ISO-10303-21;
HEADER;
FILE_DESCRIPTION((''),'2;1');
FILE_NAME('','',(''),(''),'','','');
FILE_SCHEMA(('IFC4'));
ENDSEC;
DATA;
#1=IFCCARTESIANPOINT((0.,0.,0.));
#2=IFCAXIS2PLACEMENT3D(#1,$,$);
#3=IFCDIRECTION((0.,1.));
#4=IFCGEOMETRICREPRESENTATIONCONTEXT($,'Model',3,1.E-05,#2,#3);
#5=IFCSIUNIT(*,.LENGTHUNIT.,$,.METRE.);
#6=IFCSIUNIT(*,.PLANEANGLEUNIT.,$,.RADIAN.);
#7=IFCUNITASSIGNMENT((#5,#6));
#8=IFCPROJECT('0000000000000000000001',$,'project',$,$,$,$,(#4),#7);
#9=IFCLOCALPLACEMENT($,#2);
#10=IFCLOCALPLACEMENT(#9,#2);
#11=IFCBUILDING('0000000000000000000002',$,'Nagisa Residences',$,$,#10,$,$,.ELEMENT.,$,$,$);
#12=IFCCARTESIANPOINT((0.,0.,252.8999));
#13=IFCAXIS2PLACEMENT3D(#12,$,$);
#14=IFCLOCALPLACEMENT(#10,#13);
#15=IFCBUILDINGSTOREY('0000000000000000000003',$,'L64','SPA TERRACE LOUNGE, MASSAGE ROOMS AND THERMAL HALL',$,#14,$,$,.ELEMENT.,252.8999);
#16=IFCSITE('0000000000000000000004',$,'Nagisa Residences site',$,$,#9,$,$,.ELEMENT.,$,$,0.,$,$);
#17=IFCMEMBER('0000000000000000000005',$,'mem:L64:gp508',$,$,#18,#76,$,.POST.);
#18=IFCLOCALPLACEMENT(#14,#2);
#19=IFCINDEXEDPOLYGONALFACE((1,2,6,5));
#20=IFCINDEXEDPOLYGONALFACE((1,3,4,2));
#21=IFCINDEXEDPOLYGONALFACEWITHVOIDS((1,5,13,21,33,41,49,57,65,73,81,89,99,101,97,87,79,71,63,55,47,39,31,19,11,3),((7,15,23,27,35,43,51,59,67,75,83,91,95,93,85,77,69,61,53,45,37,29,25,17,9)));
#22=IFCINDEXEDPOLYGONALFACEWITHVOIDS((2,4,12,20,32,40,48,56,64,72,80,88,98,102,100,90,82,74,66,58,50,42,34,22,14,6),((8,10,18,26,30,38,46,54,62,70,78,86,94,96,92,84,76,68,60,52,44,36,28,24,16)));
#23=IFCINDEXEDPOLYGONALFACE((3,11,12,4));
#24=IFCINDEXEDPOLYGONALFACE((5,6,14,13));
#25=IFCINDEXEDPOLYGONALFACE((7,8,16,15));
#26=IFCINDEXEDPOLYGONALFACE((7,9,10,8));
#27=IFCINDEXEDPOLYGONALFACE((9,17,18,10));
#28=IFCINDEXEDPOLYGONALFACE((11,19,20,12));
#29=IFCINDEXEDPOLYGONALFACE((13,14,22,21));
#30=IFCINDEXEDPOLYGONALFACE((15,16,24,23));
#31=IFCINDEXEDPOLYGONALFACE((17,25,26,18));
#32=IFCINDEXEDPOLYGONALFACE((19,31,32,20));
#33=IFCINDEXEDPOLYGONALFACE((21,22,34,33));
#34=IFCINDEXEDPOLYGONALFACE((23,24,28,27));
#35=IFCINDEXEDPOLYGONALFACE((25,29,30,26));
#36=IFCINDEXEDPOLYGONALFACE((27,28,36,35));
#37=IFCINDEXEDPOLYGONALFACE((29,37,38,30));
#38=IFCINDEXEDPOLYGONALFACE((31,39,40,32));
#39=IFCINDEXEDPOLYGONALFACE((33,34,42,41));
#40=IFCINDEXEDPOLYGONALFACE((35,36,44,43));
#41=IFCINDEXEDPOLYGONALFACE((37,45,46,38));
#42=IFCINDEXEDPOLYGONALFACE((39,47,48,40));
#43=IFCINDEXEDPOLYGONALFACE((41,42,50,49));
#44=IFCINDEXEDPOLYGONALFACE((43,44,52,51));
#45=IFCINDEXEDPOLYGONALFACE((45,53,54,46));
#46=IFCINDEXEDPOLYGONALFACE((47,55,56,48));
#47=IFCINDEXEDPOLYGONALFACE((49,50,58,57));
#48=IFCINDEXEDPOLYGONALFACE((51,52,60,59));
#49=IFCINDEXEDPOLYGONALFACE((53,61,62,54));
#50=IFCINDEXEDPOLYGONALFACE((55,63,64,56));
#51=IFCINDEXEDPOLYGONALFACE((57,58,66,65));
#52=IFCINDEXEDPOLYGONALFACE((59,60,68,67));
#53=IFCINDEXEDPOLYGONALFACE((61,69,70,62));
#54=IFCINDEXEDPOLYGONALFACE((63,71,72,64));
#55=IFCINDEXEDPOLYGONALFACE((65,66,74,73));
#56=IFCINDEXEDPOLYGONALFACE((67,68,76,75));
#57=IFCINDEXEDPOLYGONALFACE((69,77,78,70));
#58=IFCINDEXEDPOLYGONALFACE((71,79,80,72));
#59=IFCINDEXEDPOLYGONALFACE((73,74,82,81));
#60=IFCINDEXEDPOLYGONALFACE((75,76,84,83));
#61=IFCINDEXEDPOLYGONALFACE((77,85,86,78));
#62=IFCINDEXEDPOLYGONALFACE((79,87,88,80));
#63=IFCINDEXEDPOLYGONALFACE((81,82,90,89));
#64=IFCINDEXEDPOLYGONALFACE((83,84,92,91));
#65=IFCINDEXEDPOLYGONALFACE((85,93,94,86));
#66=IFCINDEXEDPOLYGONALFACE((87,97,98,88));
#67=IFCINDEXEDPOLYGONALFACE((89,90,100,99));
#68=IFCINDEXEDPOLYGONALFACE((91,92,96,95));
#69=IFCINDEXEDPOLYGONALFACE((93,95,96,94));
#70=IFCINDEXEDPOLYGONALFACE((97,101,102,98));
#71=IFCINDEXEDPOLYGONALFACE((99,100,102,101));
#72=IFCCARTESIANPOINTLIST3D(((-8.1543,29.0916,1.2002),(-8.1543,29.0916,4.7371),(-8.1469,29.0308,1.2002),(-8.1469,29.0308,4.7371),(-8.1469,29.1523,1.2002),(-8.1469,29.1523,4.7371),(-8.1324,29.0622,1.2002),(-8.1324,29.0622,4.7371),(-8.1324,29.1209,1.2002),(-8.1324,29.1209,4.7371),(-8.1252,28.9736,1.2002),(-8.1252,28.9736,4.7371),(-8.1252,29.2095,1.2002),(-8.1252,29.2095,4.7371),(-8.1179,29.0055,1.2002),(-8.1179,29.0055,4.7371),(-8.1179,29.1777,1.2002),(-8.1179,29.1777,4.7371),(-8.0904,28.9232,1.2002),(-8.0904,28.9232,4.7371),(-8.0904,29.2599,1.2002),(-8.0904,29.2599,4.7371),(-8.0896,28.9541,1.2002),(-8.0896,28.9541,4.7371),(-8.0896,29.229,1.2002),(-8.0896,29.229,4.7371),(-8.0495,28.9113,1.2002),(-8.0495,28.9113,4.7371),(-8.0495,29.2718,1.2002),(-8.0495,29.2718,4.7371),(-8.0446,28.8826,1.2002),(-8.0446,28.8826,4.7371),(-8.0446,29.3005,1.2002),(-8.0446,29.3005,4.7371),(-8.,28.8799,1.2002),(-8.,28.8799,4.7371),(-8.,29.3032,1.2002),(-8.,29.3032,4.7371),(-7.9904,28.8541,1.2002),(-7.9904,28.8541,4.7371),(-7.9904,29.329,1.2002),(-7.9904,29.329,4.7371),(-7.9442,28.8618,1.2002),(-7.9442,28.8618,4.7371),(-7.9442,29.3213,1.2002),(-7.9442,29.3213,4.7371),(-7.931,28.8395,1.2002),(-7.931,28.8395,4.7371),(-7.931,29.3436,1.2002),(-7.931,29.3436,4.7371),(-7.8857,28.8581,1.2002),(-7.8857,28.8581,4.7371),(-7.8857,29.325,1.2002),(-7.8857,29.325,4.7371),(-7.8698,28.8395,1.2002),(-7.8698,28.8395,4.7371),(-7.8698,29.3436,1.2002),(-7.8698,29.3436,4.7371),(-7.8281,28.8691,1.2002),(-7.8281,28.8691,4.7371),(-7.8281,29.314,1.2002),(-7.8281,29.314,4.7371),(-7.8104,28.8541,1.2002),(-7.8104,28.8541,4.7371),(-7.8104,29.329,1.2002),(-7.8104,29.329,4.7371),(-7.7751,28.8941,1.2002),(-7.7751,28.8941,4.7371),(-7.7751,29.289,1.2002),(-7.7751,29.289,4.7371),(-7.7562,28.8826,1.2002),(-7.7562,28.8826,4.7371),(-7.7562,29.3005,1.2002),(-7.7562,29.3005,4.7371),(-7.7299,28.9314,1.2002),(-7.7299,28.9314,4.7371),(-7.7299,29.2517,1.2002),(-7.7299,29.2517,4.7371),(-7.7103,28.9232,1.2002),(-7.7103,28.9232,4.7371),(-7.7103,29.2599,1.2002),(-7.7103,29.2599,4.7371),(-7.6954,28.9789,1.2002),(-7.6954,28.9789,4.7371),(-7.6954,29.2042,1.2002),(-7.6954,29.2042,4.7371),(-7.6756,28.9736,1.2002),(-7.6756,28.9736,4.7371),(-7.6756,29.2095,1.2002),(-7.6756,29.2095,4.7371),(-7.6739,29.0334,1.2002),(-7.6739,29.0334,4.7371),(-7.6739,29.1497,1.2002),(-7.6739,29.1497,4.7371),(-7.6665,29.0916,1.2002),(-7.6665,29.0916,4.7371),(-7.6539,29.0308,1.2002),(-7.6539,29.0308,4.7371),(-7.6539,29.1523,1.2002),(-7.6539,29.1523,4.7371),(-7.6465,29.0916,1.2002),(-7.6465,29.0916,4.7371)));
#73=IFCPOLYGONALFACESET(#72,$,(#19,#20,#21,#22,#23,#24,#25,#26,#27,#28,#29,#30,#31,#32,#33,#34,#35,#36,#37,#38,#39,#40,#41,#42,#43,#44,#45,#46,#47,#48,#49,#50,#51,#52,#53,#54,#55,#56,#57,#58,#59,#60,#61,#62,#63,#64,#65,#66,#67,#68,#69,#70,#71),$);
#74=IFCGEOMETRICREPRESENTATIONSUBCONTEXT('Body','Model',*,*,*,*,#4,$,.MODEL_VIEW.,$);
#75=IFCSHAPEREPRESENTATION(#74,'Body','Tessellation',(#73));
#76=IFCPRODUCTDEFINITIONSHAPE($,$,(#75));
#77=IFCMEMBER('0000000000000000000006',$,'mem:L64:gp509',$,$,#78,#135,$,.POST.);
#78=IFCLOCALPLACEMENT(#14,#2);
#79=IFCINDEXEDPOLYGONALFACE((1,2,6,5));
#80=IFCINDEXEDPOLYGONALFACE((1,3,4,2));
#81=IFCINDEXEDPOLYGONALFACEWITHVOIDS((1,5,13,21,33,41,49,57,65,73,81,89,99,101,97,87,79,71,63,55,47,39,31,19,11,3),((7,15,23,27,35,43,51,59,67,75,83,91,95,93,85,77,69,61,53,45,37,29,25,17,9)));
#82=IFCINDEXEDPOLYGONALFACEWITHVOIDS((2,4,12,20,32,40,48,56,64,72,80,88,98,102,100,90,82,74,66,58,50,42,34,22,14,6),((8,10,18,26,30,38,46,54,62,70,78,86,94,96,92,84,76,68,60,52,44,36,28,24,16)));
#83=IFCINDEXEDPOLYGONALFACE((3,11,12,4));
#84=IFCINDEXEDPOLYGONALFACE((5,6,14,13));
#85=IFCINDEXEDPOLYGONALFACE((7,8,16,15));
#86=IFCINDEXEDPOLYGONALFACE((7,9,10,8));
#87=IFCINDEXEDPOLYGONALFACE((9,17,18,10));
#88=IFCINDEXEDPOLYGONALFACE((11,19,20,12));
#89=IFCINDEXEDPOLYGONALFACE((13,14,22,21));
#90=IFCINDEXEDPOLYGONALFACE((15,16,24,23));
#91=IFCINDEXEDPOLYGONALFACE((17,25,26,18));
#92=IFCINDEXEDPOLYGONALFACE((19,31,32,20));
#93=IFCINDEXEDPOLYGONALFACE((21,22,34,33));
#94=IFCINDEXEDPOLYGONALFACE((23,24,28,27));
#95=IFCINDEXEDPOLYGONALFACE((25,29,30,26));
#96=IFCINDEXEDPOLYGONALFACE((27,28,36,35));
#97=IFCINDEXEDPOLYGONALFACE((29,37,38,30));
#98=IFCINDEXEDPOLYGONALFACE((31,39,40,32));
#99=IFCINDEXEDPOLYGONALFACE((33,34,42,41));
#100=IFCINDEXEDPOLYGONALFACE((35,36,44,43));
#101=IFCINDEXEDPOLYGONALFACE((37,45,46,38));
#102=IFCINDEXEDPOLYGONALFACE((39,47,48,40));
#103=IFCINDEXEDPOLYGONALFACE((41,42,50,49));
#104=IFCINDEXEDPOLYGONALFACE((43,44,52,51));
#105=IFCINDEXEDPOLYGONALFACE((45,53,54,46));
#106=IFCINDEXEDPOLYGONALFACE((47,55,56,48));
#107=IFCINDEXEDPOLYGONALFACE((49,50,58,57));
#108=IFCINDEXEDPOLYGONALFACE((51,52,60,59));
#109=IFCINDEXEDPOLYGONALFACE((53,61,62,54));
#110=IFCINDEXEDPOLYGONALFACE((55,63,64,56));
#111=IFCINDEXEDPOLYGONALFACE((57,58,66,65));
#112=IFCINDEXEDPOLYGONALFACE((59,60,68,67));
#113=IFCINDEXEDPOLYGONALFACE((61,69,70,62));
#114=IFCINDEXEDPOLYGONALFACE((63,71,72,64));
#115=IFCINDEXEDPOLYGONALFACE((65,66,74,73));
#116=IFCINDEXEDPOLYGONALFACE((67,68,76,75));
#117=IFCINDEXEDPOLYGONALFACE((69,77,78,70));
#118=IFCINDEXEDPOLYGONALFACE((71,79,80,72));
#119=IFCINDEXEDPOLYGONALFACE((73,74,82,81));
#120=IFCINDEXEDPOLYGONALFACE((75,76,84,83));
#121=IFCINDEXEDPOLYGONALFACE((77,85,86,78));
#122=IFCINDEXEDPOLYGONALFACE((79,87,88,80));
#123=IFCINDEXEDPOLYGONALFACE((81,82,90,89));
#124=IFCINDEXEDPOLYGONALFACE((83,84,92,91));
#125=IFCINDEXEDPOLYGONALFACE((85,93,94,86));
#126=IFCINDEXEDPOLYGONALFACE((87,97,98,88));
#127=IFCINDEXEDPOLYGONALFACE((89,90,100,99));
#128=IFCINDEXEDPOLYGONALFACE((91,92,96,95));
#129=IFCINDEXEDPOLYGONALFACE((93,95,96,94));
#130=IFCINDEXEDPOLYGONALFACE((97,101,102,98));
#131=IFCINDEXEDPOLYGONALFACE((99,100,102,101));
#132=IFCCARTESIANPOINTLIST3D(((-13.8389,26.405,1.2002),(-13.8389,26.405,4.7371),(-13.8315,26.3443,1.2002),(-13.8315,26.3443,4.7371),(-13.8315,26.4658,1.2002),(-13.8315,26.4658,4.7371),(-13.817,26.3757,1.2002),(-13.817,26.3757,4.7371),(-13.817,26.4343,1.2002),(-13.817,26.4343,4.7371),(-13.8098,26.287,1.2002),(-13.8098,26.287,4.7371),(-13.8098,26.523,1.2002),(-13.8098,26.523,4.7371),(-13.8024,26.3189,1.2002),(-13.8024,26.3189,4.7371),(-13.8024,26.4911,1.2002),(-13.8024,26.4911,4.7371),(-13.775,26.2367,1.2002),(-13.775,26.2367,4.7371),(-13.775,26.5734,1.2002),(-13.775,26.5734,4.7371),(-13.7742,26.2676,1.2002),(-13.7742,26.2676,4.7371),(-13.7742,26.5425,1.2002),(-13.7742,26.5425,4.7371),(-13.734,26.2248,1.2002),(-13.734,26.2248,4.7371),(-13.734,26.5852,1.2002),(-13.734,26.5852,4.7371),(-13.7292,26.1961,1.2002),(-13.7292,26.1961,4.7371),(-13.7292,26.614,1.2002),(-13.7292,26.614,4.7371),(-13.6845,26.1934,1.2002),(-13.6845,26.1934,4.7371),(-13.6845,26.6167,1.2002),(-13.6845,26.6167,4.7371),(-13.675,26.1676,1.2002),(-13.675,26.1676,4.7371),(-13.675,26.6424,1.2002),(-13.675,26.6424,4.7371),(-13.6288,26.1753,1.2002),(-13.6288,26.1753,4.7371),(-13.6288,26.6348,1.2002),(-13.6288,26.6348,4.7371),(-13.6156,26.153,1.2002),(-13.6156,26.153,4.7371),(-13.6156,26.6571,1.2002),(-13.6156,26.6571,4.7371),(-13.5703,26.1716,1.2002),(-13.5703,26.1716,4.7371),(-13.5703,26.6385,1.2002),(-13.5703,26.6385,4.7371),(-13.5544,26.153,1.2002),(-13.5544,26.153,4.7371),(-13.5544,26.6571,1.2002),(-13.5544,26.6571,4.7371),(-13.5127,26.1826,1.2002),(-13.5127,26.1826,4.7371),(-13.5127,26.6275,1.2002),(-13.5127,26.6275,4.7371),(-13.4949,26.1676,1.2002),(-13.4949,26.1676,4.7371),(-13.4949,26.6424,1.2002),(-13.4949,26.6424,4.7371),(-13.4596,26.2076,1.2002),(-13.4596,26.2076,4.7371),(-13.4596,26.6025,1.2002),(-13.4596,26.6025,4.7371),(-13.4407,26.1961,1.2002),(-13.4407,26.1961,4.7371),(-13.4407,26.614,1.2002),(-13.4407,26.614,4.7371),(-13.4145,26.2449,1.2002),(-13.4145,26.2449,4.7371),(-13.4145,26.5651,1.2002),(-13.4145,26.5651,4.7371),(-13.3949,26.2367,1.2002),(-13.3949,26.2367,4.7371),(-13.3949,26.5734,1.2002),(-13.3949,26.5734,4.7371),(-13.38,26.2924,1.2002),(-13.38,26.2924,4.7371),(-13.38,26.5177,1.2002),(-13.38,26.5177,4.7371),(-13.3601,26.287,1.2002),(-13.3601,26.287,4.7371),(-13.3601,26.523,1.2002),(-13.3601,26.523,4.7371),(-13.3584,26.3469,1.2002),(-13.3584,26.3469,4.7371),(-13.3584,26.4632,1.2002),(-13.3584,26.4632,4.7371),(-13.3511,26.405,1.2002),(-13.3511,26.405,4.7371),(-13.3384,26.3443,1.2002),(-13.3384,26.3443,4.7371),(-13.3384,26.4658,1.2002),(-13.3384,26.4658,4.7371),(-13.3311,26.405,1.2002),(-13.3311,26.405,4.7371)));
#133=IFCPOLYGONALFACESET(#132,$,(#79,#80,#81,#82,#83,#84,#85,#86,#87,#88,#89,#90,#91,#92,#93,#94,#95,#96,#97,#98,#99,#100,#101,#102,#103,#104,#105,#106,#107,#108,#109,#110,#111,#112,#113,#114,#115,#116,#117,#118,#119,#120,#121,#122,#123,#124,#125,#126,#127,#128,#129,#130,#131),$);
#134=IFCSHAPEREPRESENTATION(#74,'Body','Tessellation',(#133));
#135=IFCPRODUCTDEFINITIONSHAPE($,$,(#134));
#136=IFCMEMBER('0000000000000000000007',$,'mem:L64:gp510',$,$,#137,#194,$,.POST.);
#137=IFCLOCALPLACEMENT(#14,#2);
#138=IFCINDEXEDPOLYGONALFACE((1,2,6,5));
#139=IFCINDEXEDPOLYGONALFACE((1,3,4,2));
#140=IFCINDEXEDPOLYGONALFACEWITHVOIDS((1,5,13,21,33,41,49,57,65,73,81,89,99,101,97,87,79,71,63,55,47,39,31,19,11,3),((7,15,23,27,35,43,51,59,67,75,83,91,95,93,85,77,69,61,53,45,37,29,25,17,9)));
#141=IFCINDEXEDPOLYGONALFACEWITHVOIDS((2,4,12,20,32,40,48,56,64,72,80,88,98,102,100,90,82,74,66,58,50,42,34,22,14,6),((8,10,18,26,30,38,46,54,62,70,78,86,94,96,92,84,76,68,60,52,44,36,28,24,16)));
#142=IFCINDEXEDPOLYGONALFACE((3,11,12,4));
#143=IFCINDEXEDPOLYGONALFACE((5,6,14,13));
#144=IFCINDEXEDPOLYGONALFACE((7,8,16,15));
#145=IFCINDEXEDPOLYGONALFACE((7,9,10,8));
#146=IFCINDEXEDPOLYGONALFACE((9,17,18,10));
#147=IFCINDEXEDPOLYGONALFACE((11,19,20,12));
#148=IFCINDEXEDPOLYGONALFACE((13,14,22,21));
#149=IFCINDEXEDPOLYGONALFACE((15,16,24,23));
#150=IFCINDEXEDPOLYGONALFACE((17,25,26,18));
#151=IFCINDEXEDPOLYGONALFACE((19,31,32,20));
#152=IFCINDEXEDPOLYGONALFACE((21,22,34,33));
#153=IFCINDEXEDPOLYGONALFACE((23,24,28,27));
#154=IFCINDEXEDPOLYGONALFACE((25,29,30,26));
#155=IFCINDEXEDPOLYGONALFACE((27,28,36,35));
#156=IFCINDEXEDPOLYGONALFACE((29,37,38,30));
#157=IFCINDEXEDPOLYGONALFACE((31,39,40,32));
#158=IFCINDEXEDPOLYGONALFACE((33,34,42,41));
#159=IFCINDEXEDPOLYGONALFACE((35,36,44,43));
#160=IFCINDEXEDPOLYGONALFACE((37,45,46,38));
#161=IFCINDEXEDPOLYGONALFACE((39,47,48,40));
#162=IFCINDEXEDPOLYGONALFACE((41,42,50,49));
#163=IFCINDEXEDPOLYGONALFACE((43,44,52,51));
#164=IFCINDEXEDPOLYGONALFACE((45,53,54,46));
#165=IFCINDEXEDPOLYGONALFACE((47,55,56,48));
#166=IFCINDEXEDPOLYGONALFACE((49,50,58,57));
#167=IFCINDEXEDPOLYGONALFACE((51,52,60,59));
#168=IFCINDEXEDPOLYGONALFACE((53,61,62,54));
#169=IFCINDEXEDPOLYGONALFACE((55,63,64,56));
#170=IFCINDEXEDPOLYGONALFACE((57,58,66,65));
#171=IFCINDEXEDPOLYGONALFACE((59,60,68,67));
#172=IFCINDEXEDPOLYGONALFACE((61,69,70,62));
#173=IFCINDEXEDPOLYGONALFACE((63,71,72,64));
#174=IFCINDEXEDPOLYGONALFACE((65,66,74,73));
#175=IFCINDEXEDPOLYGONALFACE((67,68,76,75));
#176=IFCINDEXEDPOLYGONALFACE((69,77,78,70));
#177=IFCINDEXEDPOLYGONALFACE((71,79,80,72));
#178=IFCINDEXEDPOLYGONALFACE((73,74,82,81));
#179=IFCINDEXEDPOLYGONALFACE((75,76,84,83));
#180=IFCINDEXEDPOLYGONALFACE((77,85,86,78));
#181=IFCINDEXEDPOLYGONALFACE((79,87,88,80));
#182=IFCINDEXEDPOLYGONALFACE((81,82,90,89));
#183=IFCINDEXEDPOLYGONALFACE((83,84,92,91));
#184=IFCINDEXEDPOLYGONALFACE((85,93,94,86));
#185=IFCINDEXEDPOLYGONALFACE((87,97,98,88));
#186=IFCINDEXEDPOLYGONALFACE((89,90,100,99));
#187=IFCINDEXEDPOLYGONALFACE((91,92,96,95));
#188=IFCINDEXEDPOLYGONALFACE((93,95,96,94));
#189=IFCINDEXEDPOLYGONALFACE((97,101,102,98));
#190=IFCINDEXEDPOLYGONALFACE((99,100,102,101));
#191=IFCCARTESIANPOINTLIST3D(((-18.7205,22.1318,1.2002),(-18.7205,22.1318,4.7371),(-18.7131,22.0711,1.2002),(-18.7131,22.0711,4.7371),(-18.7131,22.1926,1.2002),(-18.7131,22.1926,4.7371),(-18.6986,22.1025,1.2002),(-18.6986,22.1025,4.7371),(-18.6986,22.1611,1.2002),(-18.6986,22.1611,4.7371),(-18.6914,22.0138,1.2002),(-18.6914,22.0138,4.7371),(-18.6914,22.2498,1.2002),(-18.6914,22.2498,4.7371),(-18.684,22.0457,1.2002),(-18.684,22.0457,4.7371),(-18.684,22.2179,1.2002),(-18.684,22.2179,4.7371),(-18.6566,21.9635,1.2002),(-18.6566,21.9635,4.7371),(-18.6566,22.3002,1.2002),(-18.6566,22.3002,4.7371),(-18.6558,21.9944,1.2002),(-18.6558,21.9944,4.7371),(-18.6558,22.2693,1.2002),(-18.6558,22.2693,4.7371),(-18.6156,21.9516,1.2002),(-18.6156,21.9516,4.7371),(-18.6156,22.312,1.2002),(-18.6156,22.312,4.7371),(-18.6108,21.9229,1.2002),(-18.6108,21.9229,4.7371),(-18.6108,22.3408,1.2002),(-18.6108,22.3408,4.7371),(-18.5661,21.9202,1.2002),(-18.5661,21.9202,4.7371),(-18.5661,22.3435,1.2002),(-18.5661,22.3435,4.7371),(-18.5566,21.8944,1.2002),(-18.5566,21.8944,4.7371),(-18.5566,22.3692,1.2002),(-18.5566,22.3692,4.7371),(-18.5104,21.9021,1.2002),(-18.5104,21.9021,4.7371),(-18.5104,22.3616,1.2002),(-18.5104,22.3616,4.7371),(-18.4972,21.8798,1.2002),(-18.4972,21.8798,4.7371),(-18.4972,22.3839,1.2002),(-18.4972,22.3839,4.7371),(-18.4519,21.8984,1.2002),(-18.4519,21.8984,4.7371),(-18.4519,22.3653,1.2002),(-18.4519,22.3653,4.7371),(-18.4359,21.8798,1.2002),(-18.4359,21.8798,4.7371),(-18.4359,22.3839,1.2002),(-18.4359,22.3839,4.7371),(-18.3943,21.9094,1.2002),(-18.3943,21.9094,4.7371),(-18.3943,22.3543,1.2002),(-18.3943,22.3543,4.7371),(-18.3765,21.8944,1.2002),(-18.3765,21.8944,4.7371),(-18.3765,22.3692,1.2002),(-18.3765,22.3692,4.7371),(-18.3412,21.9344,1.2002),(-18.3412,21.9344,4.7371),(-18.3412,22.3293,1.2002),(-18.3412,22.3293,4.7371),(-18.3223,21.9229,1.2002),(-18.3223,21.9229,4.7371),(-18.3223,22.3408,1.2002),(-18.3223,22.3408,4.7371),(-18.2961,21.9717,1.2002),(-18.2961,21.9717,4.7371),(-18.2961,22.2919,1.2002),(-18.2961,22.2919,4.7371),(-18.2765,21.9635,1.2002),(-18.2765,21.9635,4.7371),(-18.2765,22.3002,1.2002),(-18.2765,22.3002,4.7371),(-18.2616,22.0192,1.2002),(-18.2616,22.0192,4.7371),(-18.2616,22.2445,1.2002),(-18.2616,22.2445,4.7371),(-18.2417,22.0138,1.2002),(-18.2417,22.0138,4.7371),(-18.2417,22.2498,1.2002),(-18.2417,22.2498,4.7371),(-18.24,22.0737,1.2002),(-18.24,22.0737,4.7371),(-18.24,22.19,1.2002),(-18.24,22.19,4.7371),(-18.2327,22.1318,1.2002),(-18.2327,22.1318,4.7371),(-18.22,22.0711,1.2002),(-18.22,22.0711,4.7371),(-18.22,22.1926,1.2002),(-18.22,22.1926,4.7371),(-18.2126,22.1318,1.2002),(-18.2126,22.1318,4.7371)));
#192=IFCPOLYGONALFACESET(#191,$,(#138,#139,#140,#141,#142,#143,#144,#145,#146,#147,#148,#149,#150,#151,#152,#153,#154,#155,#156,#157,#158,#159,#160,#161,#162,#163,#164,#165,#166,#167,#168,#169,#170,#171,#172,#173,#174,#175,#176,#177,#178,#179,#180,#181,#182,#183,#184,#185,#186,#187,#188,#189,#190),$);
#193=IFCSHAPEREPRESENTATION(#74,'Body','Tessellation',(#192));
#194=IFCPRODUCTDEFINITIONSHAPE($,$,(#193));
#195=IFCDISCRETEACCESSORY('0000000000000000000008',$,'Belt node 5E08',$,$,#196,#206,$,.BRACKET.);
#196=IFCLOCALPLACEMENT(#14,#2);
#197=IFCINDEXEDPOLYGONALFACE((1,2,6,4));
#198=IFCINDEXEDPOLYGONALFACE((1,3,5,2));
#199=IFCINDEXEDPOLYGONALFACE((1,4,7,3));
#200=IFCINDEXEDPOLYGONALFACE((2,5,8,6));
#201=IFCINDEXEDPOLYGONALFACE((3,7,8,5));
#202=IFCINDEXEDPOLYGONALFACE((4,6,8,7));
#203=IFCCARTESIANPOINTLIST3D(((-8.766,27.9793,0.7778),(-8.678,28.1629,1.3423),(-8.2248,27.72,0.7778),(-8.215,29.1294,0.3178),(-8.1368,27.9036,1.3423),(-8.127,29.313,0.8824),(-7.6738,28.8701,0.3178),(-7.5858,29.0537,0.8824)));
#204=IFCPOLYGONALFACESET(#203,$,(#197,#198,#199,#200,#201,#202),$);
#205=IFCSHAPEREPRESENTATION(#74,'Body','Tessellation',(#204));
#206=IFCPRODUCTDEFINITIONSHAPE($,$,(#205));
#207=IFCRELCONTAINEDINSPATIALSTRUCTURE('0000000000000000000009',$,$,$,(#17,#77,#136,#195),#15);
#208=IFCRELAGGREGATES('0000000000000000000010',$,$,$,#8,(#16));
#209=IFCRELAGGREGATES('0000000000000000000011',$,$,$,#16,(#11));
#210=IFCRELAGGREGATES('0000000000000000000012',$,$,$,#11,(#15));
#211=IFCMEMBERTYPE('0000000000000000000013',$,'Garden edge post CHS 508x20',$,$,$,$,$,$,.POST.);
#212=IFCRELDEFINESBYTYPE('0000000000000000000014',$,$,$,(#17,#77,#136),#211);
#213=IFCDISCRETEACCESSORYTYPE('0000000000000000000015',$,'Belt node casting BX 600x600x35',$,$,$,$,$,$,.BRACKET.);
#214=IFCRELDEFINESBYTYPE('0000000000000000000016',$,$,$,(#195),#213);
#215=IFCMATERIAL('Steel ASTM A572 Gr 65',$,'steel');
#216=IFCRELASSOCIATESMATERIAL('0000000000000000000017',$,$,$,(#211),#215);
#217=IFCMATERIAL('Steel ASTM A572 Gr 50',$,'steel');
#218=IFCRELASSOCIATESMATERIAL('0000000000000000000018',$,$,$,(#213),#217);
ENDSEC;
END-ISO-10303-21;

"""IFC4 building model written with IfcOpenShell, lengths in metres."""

from ifc_helpers import new_model, si_unit, direction, frame, origin, origin_2d, place, context, subcontext, project, spatial, rectangle, hollow_circle, extrude, material, material_profile, profile_set, type_object, element, save


model = new_model("IFC4")

# Units and contexts
model_context = context("Model", 3, precision=1e-05, world=origin(), true_north=direction((0.0, 1.0)))
body_context = subcontext(model_context, "Body", "Model", "MODEL_VIEW")
ifc_project = project(units=[si_unit("LENGTHUNIT", "METRE"), si_unit("PLANEANGLEUNIT", "RADIAN")], contexts=[model_context])

# Site, building, storey
site_placement = place(None, origin())
site = spatial("IfcSite", under=ifc_project, at=site_placement, Name="Nagisa Residences site", CompositionType="ELEMENT", RefElevation=0.0)
building_placement = place(site_placement, origin())
building = spatial("IfcBuilding", under=site, at=building_placement, Name="Nagisa Residences", CompositionType="ELEMENT")
storey_placement = place(building_placement, frame((0.0, 0.0, 252.8999)))
storey = spatial("IfcBuildingStorey", under=building, at=storey_placement, Name="L64", Description="SPA TERRACE LOUNGE, MASSAGE ROOMS AND THERMAL HALL", CompositionType="ELEMENT", Elevation=252.8999)

# Members
ifc_material_1 = material(Name="Steel ASTM A572 Gr 65", Category="steel")
ifc_material_profile_1 = material_profile(ifc_material_1, hollow_circle(Radius=0.2539, WallThickness=0.02, at=origin_2d()), Name="CHS 508x20")
ifc_profile_set_1 = profile_set([ifc_material_profile_1], Name="Steel ASTM A572 Gr 65")
member_type_1 = type_object("IfcMemberType", Name="Garden edge post CHS 508x20", PredefinedType="POST", material=ifc_profile_set_1)
for number, where, z_axis, x_axis, name in (
    (1, (-7.9004, 29.0916, 1.2002), (0.0, 0.0, 1.0), (1.0, 0.0, 0.0), "mem:L64:gp508"),
    (2, (-13.585, 26.405, 1.2002), (0.0, 0.0, 1.0), (1.0, 0.0, 0.0), "mem:L64:gp509"),
    (3, (-18.4666, 22.1318, 1.2002), (0.0, 0.0, 1.0), (1.0, 0.0, 0.0), "mem:L64:gp510"),
):
    element("IfcMember", number, at=place(storey_placement, frame(where, z_axis=z_axis, x_axis=x_axis)), inside=storey, type_object=member_type_1, Name=name, PredefinedType="POST", context=body_context, shape_type="SweptSolid", body=[
        extrude(hollow_circle(Radius=0.2539, WallThickness=0.02, at=origin_2d()), origin(), (0.0, 0.0, 1.0), 3.5369),
    ])

# Discrete accessory
ifc_material_2 = material(Name="Steel ASTM A572 Gr 50", Category="steel")
discrete_accessory_type_1 = type_object("IfcDiscreteAccessoryType", Name="Belt node casting BX 600x600x35", PredefinedType="BRACKET", material=ifc_material_2)
discrete_accessory_1_placement = place(storey_placement, frame((-7.9004, 29.0916, 0.6001), z_axis=(-0.406439, -0.848354, 0.339269), x_axis=(0.901842, -0.432065, 0.0)))
element("IfcDiscreteAccessory", 4, at=discrete_accessory_1_placement, inside=storey, type_object=discrete_accessory_type_1, Name="Belt node 5E08", PredefinedType="BRACKET", context=body_context, shape_type="SweptSolid", body=[
    extrude(rectangle(XDim=0.6001, YDim=0.6001, at=origin_2d()), origin(), (0.0, 0.0, 1.0), 1.3557),
])

save(model, "model.ifc")
